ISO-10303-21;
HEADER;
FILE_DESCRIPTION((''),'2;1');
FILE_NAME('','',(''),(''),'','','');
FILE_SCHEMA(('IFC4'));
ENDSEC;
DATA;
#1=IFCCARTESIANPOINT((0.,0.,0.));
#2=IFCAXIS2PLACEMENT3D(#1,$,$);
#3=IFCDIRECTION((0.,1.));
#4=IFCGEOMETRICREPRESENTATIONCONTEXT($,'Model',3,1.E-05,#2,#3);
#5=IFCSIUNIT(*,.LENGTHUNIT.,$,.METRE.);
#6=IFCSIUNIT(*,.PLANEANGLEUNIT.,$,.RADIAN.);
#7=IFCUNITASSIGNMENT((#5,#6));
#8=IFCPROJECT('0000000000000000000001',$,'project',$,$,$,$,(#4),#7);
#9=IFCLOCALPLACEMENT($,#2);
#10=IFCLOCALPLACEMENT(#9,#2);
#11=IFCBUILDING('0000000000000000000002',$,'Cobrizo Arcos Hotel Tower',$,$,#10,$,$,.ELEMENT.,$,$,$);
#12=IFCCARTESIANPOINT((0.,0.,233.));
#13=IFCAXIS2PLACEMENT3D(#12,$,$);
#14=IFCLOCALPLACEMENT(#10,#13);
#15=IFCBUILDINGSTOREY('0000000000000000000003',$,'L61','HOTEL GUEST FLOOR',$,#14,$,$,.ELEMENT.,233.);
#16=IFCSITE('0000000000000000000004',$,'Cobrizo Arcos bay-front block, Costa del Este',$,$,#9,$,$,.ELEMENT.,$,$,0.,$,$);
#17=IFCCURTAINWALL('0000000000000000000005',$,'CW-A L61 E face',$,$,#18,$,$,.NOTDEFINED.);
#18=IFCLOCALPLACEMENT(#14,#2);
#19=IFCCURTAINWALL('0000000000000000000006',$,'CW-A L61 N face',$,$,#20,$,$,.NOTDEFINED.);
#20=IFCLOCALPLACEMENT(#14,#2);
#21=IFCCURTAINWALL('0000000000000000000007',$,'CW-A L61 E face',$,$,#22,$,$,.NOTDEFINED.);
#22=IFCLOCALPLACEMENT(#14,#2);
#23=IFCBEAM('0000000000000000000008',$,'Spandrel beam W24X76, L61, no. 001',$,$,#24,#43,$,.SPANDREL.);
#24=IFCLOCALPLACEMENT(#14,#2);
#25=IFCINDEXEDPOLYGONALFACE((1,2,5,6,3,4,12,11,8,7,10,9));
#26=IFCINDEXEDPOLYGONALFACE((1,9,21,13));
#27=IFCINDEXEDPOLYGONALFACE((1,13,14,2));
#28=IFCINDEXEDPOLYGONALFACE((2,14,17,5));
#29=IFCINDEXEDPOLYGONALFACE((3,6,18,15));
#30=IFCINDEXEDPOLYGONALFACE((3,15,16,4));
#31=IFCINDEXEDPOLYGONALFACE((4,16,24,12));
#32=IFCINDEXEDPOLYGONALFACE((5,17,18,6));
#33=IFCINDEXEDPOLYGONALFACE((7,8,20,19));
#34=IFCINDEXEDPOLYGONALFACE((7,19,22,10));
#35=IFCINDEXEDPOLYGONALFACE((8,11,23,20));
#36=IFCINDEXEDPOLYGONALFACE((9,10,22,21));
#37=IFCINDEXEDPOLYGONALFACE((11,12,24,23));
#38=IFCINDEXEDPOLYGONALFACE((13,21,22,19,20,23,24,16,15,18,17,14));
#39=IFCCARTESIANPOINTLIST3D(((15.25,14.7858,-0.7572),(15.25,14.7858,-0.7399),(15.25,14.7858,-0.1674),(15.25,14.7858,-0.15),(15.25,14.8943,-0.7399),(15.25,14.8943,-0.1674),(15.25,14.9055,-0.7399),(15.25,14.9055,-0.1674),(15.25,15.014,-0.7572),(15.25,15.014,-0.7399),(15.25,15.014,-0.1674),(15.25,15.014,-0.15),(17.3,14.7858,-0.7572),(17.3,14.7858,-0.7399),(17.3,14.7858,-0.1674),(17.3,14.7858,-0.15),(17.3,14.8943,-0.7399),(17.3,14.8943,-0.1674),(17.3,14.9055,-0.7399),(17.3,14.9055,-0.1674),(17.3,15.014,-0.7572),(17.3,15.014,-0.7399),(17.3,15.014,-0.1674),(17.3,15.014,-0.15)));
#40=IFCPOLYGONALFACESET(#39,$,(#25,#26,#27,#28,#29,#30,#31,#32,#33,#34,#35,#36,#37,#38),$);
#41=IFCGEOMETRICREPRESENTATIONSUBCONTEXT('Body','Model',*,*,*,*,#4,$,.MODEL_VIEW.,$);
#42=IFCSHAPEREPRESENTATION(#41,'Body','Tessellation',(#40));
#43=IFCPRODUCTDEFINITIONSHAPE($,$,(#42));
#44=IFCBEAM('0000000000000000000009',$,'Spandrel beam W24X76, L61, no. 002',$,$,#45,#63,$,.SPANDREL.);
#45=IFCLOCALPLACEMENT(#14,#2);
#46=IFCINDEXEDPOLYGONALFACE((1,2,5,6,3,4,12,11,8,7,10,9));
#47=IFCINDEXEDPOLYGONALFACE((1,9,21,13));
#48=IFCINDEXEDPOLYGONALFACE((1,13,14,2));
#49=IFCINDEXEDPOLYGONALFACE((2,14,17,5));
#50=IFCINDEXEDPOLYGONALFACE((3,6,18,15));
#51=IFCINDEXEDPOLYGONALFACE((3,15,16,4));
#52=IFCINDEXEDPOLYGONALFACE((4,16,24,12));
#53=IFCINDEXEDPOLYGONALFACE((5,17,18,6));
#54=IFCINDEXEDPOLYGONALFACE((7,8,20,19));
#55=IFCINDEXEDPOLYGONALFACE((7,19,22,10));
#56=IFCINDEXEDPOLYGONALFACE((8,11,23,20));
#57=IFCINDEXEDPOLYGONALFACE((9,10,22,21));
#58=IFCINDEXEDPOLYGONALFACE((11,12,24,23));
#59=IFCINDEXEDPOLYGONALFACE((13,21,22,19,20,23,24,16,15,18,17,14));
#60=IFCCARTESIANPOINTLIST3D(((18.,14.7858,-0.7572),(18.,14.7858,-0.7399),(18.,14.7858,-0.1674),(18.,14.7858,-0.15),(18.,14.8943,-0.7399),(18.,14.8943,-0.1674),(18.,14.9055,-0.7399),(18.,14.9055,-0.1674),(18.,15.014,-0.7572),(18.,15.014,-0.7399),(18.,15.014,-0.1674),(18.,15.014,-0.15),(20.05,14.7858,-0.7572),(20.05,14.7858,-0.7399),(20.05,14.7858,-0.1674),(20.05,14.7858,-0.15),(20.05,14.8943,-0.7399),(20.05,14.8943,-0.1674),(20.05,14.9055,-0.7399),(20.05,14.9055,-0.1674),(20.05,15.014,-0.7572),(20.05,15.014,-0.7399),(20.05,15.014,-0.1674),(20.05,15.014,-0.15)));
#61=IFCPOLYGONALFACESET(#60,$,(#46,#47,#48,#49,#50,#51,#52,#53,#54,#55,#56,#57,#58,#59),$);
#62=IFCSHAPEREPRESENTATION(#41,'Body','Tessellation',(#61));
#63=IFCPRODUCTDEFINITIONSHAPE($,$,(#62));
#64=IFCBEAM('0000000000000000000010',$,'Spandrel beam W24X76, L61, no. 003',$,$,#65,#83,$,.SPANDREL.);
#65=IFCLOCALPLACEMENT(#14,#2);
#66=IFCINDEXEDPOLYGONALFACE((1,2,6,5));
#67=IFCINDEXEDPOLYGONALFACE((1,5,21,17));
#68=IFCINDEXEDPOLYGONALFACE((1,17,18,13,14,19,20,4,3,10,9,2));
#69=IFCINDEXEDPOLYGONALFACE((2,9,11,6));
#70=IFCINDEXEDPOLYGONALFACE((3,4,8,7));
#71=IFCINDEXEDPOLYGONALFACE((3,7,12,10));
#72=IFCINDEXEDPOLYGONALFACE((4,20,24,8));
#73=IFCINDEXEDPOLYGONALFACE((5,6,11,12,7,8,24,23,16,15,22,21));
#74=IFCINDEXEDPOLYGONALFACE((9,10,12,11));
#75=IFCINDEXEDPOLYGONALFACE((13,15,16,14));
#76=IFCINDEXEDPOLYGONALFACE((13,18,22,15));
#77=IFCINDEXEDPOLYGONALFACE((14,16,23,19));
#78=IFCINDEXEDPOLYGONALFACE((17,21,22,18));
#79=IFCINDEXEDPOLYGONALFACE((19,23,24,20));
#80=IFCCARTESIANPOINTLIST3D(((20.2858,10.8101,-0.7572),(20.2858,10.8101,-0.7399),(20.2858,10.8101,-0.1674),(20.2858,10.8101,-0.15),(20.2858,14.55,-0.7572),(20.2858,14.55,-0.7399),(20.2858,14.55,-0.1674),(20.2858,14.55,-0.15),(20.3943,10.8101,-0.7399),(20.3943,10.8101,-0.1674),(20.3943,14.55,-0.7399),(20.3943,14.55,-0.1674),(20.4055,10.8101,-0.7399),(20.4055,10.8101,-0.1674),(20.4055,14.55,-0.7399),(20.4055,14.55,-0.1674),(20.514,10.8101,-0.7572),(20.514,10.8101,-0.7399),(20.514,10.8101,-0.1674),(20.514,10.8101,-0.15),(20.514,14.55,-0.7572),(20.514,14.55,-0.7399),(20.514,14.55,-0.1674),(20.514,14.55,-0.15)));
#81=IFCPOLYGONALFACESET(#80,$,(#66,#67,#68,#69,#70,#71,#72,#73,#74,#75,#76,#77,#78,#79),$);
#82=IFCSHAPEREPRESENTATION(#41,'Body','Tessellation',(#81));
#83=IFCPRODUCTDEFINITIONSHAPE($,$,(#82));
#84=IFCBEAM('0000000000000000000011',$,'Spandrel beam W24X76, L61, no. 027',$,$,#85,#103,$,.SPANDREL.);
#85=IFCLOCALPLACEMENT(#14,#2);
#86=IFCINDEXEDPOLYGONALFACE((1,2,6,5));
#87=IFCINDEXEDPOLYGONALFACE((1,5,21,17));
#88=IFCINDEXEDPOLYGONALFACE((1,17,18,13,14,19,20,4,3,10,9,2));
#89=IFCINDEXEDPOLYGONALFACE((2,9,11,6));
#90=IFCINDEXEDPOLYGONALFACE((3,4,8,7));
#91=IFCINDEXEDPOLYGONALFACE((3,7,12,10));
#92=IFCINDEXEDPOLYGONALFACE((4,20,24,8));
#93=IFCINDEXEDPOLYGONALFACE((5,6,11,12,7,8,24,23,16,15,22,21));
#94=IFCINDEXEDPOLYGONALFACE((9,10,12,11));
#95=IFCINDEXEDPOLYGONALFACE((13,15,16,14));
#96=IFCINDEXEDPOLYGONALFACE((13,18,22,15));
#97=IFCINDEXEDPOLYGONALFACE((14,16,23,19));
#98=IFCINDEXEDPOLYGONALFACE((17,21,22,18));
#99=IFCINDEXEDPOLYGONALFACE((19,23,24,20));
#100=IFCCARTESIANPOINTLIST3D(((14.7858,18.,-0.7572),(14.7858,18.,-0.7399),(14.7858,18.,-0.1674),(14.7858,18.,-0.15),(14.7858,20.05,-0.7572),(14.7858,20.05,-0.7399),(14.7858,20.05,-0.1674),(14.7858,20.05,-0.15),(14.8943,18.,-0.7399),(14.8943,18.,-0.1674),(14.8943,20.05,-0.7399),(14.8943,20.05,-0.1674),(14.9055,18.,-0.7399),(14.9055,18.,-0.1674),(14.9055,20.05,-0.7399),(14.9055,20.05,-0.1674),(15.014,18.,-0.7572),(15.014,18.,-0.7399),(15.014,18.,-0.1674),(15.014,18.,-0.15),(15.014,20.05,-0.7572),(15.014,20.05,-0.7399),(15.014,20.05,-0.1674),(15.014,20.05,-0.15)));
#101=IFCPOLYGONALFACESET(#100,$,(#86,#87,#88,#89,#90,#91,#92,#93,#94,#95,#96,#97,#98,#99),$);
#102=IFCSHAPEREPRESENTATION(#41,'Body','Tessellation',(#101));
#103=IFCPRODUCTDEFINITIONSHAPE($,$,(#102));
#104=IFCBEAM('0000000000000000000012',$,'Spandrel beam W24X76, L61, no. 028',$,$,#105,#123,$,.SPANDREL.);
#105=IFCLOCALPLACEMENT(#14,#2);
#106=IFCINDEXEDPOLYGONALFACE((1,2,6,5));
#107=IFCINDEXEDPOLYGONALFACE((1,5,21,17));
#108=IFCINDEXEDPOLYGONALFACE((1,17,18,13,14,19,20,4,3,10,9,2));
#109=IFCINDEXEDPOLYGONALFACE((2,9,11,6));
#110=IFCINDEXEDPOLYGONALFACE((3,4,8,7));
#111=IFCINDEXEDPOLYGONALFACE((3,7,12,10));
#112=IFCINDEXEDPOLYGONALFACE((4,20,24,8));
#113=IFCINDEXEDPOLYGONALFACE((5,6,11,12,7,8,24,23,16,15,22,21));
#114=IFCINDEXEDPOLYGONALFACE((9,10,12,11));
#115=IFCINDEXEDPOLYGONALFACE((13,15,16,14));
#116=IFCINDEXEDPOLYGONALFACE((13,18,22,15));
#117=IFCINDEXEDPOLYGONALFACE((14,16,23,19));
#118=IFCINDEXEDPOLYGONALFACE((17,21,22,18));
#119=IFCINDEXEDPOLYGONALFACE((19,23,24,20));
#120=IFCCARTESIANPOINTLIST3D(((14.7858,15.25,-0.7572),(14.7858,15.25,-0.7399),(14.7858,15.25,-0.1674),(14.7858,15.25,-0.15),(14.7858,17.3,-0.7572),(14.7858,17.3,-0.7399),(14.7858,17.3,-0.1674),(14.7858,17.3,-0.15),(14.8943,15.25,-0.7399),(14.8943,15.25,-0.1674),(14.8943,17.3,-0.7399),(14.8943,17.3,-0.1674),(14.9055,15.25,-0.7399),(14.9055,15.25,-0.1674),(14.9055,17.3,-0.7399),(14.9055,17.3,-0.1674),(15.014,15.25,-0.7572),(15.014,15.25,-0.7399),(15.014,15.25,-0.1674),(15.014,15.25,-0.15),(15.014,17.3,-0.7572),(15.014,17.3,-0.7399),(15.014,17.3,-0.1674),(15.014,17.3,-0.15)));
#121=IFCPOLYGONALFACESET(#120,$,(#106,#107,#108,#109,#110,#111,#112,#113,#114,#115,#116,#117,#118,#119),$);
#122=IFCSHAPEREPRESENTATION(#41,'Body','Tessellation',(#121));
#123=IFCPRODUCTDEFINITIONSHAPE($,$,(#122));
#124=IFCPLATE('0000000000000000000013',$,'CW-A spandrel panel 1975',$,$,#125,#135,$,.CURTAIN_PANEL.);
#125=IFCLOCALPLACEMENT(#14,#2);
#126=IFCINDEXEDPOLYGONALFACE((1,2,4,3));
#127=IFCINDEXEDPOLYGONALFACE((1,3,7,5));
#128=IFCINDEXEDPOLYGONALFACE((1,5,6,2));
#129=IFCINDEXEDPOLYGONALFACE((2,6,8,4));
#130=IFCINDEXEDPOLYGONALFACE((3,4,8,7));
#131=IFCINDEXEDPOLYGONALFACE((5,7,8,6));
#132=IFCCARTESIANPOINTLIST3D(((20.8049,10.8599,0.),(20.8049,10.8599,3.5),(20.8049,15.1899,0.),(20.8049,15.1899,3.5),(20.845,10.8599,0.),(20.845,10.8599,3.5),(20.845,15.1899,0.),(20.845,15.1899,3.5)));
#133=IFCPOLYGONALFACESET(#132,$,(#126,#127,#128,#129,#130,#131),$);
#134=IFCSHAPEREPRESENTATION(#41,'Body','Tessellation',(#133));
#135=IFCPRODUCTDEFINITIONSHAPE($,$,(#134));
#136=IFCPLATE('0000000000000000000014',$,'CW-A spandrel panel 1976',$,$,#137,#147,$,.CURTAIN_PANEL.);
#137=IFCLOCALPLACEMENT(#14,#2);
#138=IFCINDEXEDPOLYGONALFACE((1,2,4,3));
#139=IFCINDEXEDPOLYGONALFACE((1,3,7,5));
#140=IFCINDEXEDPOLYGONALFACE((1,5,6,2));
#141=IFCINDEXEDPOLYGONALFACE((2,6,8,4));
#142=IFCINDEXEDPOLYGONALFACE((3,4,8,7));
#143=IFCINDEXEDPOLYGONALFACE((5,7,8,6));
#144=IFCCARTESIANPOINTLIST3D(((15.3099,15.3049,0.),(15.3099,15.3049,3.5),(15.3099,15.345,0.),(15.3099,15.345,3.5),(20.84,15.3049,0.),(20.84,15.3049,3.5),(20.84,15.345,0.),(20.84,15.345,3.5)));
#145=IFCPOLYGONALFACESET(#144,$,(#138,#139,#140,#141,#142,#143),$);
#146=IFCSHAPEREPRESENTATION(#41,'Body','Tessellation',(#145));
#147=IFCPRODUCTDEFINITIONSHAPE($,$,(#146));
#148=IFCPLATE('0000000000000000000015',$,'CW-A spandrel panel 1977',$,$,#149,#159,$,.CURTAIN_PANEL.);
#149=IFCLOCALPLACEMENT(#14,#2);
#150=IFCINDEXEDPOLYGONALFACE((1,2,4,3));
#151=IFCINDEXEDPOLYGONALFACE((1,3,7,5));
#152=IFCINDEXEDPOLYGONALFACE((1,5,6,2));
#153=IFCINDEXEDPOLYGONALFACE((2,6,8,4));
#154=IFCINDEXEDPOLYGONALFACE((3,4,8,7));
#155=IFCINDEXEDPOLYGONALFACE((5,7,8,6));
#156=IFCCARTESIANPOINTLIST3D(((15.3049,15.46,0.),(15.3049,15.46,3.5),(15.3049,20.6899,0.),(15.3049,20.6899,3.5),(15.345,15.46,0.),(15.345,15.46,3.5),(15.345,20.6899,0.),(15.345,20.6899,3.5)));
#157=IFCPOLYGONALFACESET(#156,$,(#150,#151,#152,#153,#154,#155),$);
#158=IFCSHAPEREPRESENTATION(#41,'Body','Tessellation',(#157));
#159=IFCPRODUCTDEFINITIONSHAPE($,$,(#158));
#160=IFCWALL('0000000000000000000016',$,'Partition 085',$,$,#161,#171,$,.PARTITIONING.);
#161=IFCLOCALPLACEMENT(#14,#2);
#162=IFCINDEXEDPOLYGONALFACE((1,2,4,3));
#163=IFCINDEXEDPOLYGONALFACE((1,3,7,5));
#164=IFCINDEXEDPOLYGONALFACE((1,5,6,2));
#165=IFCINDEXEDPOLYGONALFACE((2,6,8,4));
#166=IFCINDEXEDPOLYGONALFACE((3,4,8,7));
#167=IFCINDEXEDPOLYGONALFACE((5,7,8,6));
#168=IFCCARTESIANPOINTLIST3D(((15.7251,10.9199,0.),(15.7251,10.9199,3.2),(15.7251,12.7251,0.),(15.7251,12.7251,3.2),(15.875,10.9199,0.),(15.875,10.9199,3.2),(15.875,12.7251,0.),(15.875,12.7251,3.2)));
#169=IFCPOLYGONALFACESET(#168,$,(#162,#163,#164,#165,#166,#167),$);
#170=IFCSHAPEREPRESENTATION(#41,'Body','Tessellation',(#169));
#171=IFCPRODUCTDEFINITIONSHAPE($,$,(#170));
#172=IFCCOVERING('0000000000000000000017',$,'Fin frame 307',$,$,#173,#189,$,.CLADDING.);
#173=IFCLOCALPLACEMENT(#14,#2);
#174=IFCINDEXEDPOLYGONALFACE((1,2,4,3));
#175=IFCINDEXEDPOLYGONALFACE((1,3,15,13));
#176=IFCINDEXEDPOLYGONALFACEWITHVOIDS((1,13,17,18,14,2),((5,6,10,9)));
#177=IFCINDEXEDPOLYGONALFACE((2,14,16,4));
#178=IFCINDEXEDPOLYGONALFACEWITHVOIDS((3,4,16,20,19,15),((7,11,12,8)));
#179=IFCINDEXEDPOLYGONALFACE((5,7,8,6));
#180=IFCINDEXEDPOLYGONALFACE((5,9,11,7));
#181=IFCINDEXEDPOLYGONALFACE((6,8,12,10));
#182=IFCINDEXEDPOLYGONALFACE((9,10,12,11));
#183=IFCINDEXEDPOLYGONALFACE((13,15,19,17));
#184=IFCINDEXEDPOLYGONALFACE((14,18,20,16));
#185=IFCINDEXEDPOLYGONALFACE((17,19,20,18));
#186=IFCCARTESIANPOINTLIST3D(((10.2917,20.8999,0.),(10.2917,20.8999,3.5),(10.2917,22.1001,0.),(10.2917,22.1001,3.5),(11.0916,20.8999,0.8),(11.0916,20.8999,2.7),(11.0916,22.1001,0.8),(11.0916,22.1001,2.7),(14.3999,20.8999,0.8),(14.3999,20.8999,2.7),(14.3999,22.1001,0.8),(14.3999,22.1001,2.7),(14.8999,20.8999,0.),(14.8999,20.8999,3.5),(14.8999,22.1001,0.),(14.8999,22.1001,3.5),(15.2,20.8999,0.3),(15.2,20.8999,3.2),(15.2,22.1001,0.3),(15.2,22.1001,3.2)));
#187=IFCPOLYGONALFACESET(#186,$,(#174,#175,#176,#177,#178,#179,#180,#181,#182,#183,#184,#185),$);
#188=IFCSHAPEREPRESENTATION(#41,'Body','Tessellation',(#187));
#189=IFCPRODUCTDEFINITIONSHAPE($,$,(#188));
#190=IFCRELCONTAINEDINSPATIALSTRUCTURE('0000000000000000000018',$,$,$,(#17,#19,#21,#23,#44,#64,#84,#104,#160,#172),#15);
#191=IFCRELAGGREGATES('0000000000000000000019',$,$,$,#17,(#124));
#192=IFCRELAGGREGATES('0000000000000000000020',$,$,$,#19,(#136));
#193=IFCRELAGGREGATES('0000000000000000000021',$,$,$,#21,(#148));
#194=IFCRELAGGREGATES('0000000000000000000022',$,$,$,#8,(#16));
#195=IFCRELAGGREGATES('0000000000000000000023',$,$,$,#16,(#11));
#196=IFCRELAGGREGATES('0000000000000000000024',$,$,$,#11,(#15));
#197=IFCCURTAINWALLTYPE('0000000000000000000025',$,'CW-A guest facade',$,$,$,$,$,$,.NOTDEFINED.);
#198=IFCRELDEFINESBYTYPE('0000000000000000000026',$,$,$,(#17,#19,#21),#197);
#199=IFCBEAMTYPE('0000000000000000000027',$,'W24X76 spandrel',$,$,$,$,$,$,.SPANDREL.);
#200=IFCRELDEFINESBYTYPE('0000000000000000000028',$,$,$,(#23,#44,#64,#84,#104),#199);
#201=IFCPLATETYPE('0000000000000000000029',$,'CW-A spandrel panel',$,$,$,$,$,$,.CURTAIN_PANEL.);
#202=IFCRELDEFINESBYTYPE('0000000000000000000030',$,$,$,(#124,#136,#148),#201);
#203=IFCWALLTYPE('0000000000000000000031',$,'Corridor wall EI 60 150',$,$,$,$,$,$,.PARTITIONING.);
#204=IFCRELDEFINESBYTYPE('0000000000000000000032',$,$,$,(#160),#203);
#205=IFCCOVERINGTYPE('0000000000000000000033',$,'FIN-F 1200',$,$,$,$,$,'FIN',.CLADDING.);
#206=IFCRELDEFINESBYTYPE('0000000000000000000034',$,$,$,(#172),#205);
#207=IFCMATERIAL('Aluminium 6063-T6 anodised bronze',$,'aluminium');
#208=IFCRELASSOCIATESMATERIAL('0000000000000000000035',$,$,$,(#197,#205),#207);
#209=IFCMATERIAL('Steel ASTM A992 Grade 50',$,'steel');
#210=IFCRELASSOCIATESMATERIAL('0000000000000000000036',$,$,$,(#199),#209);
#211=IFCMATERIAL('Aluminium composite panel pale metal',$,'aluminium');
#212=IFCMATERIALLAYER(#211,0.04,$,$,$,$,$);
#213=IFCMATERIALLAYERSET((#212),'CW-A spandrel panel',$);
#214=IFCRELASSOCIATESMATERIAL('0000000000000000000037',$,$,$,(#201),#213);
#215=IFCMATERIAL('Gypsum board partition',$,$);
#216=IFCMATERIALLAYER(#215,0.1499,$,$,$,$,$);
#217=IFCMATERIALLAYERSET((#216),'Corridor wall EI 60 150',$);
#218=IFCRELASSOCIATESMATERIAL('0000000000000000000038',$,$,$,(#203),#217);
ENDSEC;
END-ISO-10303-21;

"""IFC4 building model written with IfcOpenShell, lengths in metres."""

from ifc_helpers import new_model, si_unit, direction, frame, frame_2d, origin, origin_2d, place, context, subcontext, project, spatial, polyline, rectangle, i_section, outline, extrude, material, layer, layer_set, material_profile, profile_set, type_object, element, aggregate, save


model = new_model("IFC4")

# Units and contexts
model_context = context("Model", 3, precision=1e-05, world=origin(), true_north=direction((0.0, 1.0)))
body_context = subcontext(model_context, "Body", "Model", "MODEL_VIEW")
ifc_project = project(units=[si_unit("LENGTHUNIT", "METRE"), si_unit("PLANEANGLEUNIT", "RADIAN")], contexts=[model_context])

# Site, building, storey
site_placement = place(None, origin())
site = spatial("IfcSite", under=ifc_project, at=site_placement, Name="Cobrizo Arcos bay-front block, Costa del Este", CompositionType="ELEMENT", RefElevation=0.0)
building_placement = place(site_placement, origin())
building = spatial("IfcBuilding", under=site, at=building_placement, Name="Cobrizo Arcos Hotel Tower", CompositionType="ELEMENT")
storey_placement = place(building_placement, frame((0.0, 0.0, 233.0)))
storey = spatial("IfcBuildingStorey", under=building, at=storey_placement, Name="L61", Description="HOTEL GUEST FLOOR", CompositionType="ELEMENT", Elevation=233.0)

# Curtain walls
ifc_material_1 = material(Name="Aluminium 6063-T6 anodised bronze", Category="aluminium")
curtain_wall_type = type_object("IfcCurtainWallType", Name="CW-A guest facade", PredefinedType="NOTDEFINED", material=ifc_material_1)
curtain_wall_1_placement = place(storey_placement, origin())
curtain_wall_1 = element("IfcCurtainWall", 1, at=curtain_wall_1_placement, inside=storey, type_object=curtain_wall_type, Name="CW-A L61 E face", PredefinedType="NOTDEFINED")
curtain_wall_2_placement = place(storey_placement, origin())
curtain_wall_2 = element("IfcCurtainWall", 2, at=curtain_wall_2_placement, inside=storey, type_object=curtain_wall_type, Name="CW-A L61 N face", PredefinedType="NOTDEFINED")
curtain_wall_3_placement = place(storey_placement, origin())
curtain_wall_3 = element("IfcCurtainWall", 3, at=curtain_wall_3_placement, inside=storey, type_object=curtain_wall_type, Name="CW-A L61 E face", PredefinedType="NOTDEFINED")

# Beams
ifc_material_2 = material(Name="Steel ASTM A992 Grade 50", Category="steel")
ifc_material_profile_1 = material_profile(ifc_material_2, i_section(OverallWidth=0.2283, OverallDepth=0.6072, WebThickness=0.0112, FlangeThickness=0.0173, at=origin_2d()), Name="W24X76")
ifc_profile_set_1 = profile_set([ifc_material_profile_1], Name="Steel ASTM A992 Grade 50")
beam_type_1 = type_object("IfcBeamType", Name="W24X76 spandrel", PredefinedType="SPANDREL", material=ifc_profile_set_1)
for number, where, z_axis, x_axis, name in (
    (4, (15.25, 14.8999, -0.4536), (1.0, 0.0, 0.0), (0.0, 1.0, 0.0), "Spandrel beam W24X76, L61, no. 001"),
    (5, (18.0, 14.8999, -0.4536), (1.0, 0.0, 0.0), (0.0, 1.0, 0.0), "Spandrel beam W24X76, L61, no. 002"),
):
    element("IfcBeam", number, at=place(storey_placement, frame(where, z_axis=z_axis, x_axis=x_axis)), inside=storey, type_object=beam_type_1, Name=name, PredefinedType="SPANDREL", context=body_context, shape_type="SweptSolid", body=[
        extrude(i_section(OverallWidth=0.2283, OverallDepth=0.6072, WebThickness=0.0112, FlangeThickness=0.0173, at=origin_2d()), origin(), (0.0, 0.0, 1.0), 2.05),
    ])
beam_1_placement = place(storey_placement, frame((20.3999, 14.55, -0.4536), z_axis=(0.0, -1.0, 0.0), x_axis=(1.0, 0.0, 0.0)))
element("IfcBeam", 6, at=beam_1_placement, inside=storey, type_object=beam_type_1, Name="Spandrel beam W24X76, L61, no. 003", PredefinedType="SPANDREL", context=body_context, shape_type="SweptSolid", body=[
    extrude(i_section(OverallWidth=0.2283, OverallDepth=0.6072, WebThickness=0.0112, FlangeThickness=0.0173, at=origin_2d()), origin(), (0.0, 0.0, 1.0), 3.74),
])
for number, where, z_axis, x_axis, name in (
    (7, (14.8999, 20.05, -0.4536), (0.0, -1.0, 0.0), (1.0, 0.0, 0.0), "Spandrel beam W24X76, L61, no. 027"),
    (8, (14.8999, 17.3, -0.4536), (0.0, -1.0, 0.0), (1.0, 0.0, 0.0), "Spandrel beam W24X76, L61, no. 028"),
):
    element("IfcBeam", number, at=place(storey_placement, frame(where, z_axis=z_axis, x_axis=x_axis)), inside=storey, type_object=beam_type_1, Name=name, PredefinedType="SPANDREL", context=body_context, shape_type="SweptSolid", body=[
        extrude(i_section(OverallWidth=0.2283, OverallDepth=0.6072, WebThickness=0.0112, FlangeThickness=0.0173, at=origin_2d()), origin(), (0.0, 0.0, 1.0), 2.05),
    ])

# Plates
ifc_material_3 = material(Name="Aluminium composite panel pale metal", Category="aluminium")
ifc_layer_1 = layer(ifc_material_3, 0.04)
ifc_layer_set_1 = layer_set([ifc_layer_1], Name="CW-A spandrel panel")
plate_type = type_object("IfcPlateType", Name="CW-A spandrel panel", PredefinedType="CURTAIN_PANEL", material=ifc_layer_set_1)
plate_1_placement = place(storey_placement, frame((20.825, 13.0249, 0.0), z_axis=(0.0, 0.0, 1.0), x_axis=(0.0, 1.0, 0.0)))
plate_1 = element("IfcPlate", 9, at=plate_1_placement, type_object=plate_type, Name="CW-A spandrel panel 1975", PredefinedType="CURTAIN_PANEL", context=body_context, shape_type="SweptSolid", body=[
    extrude(rectangle(XDim=4.3301, YDim=0.04, at=origin_2d()), origin(), (0.0, 0.0, 1.0), 3.5),
])
aggregate(curtain_wall_1, [plate_1])
plate_2_placement = place(storey_placement, frame((18.075, 15.325, 0.0), z_axis=(0.0, 0.0, 1.0), x_axis=(-1.0, 0.0, 0.0)))
plate_2 = element("IfcPlate", 10, at=plate_2_placement, type_object=plate_type, Name="CW-A spandrel panel 1976", PredefinedType="CURTAIN_PANEL", context=body_context, shape_type="SweptSolid", body=[
    extrude(rectangle(XDim=5.53, YDim=0.04, at=origin_2d()), origin(), (0.0, 0.0, 1.0), 3.5),
])
aggregate(curtain_wall_2, [plate_2])
plate_3_placement = place(storey_placement, frame((15.325, 18.075, 0.0), z_axis=(0.0, 0.0, 1.0), x_axis=(0.0, 1.0, 0.0)))
plate_3 = element("IfcPlate", 11, at=plate_3_placement, type_object=plate_type, Name="CW-A spandrel panel 1977", PredefinedType="CURTAIN_PANEL", context=body_context, shape_type="SweptSolid", body=[
    extrude(rectangle(XDim=5.23, YDim=0.04, at=origin_2d()), origin(), (0.0, 0.0, 1.0), 3.5),
])
aggregate(curtain_wall_3, [plate_3])

# Wall
ifc_material_4 = material(Name="Gypsum board partition")
ifc_layer_2 = layer(ifc_material_4, 0.1499)
ifc_layer_set_2 = layer_set([ifc_layer_2], Name="Corridor wall EI 60 150")
wall_type = type_object("IfcWallType", Name="Corridor wall EI 60 150", PredefinedType="PARTITIONING", material=ifc_layer_set_2)
wall_placement = place(storey_placement, frame((15.8, 10.9199, 0.0), z_axis=(0.0, 0.0, 1.0), x_axis=(0.0, 1.0, 0.0)))
element("IfcWall", 12, at=wall_placement, inside=storey, type_object=wall_type, Name="Partition 085", PredefinedType="PARTITIONING", context=body_context, shape_type="SweptSolid", body=[
    extrude(rectangle(XDim=1.8052, YDim=0.1499, at=frame_2d((0.9026, 0.0))), origin(), (0.0, 0.0, 1.0), 3.2),
])

# Covering
covering_type = type_object("IfcCoveringType", Name="FIN-F 1200", ElementType="FIN", PredefinedType="CLADDING", material=ifc_material_1)
covering_placement = place(storey_placement, frame((15.2, 20.8999, 0.0), z_axis=(0.0, 1.0, 0.0), x_axis=(-1.0, 0.0, 0.0)))
element("IfcCovering", 13, at=covering_placement, inside=storey, type_object=covering_type, Name="Fin frame 307", PredefinedType="CLADDING", context=body_context, shape_type="SweptSolid", body=[
    extrude(outline(polyline([(0.0, 0.3), (0.3, 0.0), (4.9082, 0.0), (4.9082, 3.5), (0.3, 3.5), (0.0, 3.2), (0.0, 0.3)]), holes=[polyline([(4.1084, 0.8), (0.8, 0.8), (0.8, 2.7), (4.1084, 2.7), (4.1084, 0.8)])]), origin(), (0.0, 0.0, 1.0), 1.2002),
])

save(model, "model.ifc")
